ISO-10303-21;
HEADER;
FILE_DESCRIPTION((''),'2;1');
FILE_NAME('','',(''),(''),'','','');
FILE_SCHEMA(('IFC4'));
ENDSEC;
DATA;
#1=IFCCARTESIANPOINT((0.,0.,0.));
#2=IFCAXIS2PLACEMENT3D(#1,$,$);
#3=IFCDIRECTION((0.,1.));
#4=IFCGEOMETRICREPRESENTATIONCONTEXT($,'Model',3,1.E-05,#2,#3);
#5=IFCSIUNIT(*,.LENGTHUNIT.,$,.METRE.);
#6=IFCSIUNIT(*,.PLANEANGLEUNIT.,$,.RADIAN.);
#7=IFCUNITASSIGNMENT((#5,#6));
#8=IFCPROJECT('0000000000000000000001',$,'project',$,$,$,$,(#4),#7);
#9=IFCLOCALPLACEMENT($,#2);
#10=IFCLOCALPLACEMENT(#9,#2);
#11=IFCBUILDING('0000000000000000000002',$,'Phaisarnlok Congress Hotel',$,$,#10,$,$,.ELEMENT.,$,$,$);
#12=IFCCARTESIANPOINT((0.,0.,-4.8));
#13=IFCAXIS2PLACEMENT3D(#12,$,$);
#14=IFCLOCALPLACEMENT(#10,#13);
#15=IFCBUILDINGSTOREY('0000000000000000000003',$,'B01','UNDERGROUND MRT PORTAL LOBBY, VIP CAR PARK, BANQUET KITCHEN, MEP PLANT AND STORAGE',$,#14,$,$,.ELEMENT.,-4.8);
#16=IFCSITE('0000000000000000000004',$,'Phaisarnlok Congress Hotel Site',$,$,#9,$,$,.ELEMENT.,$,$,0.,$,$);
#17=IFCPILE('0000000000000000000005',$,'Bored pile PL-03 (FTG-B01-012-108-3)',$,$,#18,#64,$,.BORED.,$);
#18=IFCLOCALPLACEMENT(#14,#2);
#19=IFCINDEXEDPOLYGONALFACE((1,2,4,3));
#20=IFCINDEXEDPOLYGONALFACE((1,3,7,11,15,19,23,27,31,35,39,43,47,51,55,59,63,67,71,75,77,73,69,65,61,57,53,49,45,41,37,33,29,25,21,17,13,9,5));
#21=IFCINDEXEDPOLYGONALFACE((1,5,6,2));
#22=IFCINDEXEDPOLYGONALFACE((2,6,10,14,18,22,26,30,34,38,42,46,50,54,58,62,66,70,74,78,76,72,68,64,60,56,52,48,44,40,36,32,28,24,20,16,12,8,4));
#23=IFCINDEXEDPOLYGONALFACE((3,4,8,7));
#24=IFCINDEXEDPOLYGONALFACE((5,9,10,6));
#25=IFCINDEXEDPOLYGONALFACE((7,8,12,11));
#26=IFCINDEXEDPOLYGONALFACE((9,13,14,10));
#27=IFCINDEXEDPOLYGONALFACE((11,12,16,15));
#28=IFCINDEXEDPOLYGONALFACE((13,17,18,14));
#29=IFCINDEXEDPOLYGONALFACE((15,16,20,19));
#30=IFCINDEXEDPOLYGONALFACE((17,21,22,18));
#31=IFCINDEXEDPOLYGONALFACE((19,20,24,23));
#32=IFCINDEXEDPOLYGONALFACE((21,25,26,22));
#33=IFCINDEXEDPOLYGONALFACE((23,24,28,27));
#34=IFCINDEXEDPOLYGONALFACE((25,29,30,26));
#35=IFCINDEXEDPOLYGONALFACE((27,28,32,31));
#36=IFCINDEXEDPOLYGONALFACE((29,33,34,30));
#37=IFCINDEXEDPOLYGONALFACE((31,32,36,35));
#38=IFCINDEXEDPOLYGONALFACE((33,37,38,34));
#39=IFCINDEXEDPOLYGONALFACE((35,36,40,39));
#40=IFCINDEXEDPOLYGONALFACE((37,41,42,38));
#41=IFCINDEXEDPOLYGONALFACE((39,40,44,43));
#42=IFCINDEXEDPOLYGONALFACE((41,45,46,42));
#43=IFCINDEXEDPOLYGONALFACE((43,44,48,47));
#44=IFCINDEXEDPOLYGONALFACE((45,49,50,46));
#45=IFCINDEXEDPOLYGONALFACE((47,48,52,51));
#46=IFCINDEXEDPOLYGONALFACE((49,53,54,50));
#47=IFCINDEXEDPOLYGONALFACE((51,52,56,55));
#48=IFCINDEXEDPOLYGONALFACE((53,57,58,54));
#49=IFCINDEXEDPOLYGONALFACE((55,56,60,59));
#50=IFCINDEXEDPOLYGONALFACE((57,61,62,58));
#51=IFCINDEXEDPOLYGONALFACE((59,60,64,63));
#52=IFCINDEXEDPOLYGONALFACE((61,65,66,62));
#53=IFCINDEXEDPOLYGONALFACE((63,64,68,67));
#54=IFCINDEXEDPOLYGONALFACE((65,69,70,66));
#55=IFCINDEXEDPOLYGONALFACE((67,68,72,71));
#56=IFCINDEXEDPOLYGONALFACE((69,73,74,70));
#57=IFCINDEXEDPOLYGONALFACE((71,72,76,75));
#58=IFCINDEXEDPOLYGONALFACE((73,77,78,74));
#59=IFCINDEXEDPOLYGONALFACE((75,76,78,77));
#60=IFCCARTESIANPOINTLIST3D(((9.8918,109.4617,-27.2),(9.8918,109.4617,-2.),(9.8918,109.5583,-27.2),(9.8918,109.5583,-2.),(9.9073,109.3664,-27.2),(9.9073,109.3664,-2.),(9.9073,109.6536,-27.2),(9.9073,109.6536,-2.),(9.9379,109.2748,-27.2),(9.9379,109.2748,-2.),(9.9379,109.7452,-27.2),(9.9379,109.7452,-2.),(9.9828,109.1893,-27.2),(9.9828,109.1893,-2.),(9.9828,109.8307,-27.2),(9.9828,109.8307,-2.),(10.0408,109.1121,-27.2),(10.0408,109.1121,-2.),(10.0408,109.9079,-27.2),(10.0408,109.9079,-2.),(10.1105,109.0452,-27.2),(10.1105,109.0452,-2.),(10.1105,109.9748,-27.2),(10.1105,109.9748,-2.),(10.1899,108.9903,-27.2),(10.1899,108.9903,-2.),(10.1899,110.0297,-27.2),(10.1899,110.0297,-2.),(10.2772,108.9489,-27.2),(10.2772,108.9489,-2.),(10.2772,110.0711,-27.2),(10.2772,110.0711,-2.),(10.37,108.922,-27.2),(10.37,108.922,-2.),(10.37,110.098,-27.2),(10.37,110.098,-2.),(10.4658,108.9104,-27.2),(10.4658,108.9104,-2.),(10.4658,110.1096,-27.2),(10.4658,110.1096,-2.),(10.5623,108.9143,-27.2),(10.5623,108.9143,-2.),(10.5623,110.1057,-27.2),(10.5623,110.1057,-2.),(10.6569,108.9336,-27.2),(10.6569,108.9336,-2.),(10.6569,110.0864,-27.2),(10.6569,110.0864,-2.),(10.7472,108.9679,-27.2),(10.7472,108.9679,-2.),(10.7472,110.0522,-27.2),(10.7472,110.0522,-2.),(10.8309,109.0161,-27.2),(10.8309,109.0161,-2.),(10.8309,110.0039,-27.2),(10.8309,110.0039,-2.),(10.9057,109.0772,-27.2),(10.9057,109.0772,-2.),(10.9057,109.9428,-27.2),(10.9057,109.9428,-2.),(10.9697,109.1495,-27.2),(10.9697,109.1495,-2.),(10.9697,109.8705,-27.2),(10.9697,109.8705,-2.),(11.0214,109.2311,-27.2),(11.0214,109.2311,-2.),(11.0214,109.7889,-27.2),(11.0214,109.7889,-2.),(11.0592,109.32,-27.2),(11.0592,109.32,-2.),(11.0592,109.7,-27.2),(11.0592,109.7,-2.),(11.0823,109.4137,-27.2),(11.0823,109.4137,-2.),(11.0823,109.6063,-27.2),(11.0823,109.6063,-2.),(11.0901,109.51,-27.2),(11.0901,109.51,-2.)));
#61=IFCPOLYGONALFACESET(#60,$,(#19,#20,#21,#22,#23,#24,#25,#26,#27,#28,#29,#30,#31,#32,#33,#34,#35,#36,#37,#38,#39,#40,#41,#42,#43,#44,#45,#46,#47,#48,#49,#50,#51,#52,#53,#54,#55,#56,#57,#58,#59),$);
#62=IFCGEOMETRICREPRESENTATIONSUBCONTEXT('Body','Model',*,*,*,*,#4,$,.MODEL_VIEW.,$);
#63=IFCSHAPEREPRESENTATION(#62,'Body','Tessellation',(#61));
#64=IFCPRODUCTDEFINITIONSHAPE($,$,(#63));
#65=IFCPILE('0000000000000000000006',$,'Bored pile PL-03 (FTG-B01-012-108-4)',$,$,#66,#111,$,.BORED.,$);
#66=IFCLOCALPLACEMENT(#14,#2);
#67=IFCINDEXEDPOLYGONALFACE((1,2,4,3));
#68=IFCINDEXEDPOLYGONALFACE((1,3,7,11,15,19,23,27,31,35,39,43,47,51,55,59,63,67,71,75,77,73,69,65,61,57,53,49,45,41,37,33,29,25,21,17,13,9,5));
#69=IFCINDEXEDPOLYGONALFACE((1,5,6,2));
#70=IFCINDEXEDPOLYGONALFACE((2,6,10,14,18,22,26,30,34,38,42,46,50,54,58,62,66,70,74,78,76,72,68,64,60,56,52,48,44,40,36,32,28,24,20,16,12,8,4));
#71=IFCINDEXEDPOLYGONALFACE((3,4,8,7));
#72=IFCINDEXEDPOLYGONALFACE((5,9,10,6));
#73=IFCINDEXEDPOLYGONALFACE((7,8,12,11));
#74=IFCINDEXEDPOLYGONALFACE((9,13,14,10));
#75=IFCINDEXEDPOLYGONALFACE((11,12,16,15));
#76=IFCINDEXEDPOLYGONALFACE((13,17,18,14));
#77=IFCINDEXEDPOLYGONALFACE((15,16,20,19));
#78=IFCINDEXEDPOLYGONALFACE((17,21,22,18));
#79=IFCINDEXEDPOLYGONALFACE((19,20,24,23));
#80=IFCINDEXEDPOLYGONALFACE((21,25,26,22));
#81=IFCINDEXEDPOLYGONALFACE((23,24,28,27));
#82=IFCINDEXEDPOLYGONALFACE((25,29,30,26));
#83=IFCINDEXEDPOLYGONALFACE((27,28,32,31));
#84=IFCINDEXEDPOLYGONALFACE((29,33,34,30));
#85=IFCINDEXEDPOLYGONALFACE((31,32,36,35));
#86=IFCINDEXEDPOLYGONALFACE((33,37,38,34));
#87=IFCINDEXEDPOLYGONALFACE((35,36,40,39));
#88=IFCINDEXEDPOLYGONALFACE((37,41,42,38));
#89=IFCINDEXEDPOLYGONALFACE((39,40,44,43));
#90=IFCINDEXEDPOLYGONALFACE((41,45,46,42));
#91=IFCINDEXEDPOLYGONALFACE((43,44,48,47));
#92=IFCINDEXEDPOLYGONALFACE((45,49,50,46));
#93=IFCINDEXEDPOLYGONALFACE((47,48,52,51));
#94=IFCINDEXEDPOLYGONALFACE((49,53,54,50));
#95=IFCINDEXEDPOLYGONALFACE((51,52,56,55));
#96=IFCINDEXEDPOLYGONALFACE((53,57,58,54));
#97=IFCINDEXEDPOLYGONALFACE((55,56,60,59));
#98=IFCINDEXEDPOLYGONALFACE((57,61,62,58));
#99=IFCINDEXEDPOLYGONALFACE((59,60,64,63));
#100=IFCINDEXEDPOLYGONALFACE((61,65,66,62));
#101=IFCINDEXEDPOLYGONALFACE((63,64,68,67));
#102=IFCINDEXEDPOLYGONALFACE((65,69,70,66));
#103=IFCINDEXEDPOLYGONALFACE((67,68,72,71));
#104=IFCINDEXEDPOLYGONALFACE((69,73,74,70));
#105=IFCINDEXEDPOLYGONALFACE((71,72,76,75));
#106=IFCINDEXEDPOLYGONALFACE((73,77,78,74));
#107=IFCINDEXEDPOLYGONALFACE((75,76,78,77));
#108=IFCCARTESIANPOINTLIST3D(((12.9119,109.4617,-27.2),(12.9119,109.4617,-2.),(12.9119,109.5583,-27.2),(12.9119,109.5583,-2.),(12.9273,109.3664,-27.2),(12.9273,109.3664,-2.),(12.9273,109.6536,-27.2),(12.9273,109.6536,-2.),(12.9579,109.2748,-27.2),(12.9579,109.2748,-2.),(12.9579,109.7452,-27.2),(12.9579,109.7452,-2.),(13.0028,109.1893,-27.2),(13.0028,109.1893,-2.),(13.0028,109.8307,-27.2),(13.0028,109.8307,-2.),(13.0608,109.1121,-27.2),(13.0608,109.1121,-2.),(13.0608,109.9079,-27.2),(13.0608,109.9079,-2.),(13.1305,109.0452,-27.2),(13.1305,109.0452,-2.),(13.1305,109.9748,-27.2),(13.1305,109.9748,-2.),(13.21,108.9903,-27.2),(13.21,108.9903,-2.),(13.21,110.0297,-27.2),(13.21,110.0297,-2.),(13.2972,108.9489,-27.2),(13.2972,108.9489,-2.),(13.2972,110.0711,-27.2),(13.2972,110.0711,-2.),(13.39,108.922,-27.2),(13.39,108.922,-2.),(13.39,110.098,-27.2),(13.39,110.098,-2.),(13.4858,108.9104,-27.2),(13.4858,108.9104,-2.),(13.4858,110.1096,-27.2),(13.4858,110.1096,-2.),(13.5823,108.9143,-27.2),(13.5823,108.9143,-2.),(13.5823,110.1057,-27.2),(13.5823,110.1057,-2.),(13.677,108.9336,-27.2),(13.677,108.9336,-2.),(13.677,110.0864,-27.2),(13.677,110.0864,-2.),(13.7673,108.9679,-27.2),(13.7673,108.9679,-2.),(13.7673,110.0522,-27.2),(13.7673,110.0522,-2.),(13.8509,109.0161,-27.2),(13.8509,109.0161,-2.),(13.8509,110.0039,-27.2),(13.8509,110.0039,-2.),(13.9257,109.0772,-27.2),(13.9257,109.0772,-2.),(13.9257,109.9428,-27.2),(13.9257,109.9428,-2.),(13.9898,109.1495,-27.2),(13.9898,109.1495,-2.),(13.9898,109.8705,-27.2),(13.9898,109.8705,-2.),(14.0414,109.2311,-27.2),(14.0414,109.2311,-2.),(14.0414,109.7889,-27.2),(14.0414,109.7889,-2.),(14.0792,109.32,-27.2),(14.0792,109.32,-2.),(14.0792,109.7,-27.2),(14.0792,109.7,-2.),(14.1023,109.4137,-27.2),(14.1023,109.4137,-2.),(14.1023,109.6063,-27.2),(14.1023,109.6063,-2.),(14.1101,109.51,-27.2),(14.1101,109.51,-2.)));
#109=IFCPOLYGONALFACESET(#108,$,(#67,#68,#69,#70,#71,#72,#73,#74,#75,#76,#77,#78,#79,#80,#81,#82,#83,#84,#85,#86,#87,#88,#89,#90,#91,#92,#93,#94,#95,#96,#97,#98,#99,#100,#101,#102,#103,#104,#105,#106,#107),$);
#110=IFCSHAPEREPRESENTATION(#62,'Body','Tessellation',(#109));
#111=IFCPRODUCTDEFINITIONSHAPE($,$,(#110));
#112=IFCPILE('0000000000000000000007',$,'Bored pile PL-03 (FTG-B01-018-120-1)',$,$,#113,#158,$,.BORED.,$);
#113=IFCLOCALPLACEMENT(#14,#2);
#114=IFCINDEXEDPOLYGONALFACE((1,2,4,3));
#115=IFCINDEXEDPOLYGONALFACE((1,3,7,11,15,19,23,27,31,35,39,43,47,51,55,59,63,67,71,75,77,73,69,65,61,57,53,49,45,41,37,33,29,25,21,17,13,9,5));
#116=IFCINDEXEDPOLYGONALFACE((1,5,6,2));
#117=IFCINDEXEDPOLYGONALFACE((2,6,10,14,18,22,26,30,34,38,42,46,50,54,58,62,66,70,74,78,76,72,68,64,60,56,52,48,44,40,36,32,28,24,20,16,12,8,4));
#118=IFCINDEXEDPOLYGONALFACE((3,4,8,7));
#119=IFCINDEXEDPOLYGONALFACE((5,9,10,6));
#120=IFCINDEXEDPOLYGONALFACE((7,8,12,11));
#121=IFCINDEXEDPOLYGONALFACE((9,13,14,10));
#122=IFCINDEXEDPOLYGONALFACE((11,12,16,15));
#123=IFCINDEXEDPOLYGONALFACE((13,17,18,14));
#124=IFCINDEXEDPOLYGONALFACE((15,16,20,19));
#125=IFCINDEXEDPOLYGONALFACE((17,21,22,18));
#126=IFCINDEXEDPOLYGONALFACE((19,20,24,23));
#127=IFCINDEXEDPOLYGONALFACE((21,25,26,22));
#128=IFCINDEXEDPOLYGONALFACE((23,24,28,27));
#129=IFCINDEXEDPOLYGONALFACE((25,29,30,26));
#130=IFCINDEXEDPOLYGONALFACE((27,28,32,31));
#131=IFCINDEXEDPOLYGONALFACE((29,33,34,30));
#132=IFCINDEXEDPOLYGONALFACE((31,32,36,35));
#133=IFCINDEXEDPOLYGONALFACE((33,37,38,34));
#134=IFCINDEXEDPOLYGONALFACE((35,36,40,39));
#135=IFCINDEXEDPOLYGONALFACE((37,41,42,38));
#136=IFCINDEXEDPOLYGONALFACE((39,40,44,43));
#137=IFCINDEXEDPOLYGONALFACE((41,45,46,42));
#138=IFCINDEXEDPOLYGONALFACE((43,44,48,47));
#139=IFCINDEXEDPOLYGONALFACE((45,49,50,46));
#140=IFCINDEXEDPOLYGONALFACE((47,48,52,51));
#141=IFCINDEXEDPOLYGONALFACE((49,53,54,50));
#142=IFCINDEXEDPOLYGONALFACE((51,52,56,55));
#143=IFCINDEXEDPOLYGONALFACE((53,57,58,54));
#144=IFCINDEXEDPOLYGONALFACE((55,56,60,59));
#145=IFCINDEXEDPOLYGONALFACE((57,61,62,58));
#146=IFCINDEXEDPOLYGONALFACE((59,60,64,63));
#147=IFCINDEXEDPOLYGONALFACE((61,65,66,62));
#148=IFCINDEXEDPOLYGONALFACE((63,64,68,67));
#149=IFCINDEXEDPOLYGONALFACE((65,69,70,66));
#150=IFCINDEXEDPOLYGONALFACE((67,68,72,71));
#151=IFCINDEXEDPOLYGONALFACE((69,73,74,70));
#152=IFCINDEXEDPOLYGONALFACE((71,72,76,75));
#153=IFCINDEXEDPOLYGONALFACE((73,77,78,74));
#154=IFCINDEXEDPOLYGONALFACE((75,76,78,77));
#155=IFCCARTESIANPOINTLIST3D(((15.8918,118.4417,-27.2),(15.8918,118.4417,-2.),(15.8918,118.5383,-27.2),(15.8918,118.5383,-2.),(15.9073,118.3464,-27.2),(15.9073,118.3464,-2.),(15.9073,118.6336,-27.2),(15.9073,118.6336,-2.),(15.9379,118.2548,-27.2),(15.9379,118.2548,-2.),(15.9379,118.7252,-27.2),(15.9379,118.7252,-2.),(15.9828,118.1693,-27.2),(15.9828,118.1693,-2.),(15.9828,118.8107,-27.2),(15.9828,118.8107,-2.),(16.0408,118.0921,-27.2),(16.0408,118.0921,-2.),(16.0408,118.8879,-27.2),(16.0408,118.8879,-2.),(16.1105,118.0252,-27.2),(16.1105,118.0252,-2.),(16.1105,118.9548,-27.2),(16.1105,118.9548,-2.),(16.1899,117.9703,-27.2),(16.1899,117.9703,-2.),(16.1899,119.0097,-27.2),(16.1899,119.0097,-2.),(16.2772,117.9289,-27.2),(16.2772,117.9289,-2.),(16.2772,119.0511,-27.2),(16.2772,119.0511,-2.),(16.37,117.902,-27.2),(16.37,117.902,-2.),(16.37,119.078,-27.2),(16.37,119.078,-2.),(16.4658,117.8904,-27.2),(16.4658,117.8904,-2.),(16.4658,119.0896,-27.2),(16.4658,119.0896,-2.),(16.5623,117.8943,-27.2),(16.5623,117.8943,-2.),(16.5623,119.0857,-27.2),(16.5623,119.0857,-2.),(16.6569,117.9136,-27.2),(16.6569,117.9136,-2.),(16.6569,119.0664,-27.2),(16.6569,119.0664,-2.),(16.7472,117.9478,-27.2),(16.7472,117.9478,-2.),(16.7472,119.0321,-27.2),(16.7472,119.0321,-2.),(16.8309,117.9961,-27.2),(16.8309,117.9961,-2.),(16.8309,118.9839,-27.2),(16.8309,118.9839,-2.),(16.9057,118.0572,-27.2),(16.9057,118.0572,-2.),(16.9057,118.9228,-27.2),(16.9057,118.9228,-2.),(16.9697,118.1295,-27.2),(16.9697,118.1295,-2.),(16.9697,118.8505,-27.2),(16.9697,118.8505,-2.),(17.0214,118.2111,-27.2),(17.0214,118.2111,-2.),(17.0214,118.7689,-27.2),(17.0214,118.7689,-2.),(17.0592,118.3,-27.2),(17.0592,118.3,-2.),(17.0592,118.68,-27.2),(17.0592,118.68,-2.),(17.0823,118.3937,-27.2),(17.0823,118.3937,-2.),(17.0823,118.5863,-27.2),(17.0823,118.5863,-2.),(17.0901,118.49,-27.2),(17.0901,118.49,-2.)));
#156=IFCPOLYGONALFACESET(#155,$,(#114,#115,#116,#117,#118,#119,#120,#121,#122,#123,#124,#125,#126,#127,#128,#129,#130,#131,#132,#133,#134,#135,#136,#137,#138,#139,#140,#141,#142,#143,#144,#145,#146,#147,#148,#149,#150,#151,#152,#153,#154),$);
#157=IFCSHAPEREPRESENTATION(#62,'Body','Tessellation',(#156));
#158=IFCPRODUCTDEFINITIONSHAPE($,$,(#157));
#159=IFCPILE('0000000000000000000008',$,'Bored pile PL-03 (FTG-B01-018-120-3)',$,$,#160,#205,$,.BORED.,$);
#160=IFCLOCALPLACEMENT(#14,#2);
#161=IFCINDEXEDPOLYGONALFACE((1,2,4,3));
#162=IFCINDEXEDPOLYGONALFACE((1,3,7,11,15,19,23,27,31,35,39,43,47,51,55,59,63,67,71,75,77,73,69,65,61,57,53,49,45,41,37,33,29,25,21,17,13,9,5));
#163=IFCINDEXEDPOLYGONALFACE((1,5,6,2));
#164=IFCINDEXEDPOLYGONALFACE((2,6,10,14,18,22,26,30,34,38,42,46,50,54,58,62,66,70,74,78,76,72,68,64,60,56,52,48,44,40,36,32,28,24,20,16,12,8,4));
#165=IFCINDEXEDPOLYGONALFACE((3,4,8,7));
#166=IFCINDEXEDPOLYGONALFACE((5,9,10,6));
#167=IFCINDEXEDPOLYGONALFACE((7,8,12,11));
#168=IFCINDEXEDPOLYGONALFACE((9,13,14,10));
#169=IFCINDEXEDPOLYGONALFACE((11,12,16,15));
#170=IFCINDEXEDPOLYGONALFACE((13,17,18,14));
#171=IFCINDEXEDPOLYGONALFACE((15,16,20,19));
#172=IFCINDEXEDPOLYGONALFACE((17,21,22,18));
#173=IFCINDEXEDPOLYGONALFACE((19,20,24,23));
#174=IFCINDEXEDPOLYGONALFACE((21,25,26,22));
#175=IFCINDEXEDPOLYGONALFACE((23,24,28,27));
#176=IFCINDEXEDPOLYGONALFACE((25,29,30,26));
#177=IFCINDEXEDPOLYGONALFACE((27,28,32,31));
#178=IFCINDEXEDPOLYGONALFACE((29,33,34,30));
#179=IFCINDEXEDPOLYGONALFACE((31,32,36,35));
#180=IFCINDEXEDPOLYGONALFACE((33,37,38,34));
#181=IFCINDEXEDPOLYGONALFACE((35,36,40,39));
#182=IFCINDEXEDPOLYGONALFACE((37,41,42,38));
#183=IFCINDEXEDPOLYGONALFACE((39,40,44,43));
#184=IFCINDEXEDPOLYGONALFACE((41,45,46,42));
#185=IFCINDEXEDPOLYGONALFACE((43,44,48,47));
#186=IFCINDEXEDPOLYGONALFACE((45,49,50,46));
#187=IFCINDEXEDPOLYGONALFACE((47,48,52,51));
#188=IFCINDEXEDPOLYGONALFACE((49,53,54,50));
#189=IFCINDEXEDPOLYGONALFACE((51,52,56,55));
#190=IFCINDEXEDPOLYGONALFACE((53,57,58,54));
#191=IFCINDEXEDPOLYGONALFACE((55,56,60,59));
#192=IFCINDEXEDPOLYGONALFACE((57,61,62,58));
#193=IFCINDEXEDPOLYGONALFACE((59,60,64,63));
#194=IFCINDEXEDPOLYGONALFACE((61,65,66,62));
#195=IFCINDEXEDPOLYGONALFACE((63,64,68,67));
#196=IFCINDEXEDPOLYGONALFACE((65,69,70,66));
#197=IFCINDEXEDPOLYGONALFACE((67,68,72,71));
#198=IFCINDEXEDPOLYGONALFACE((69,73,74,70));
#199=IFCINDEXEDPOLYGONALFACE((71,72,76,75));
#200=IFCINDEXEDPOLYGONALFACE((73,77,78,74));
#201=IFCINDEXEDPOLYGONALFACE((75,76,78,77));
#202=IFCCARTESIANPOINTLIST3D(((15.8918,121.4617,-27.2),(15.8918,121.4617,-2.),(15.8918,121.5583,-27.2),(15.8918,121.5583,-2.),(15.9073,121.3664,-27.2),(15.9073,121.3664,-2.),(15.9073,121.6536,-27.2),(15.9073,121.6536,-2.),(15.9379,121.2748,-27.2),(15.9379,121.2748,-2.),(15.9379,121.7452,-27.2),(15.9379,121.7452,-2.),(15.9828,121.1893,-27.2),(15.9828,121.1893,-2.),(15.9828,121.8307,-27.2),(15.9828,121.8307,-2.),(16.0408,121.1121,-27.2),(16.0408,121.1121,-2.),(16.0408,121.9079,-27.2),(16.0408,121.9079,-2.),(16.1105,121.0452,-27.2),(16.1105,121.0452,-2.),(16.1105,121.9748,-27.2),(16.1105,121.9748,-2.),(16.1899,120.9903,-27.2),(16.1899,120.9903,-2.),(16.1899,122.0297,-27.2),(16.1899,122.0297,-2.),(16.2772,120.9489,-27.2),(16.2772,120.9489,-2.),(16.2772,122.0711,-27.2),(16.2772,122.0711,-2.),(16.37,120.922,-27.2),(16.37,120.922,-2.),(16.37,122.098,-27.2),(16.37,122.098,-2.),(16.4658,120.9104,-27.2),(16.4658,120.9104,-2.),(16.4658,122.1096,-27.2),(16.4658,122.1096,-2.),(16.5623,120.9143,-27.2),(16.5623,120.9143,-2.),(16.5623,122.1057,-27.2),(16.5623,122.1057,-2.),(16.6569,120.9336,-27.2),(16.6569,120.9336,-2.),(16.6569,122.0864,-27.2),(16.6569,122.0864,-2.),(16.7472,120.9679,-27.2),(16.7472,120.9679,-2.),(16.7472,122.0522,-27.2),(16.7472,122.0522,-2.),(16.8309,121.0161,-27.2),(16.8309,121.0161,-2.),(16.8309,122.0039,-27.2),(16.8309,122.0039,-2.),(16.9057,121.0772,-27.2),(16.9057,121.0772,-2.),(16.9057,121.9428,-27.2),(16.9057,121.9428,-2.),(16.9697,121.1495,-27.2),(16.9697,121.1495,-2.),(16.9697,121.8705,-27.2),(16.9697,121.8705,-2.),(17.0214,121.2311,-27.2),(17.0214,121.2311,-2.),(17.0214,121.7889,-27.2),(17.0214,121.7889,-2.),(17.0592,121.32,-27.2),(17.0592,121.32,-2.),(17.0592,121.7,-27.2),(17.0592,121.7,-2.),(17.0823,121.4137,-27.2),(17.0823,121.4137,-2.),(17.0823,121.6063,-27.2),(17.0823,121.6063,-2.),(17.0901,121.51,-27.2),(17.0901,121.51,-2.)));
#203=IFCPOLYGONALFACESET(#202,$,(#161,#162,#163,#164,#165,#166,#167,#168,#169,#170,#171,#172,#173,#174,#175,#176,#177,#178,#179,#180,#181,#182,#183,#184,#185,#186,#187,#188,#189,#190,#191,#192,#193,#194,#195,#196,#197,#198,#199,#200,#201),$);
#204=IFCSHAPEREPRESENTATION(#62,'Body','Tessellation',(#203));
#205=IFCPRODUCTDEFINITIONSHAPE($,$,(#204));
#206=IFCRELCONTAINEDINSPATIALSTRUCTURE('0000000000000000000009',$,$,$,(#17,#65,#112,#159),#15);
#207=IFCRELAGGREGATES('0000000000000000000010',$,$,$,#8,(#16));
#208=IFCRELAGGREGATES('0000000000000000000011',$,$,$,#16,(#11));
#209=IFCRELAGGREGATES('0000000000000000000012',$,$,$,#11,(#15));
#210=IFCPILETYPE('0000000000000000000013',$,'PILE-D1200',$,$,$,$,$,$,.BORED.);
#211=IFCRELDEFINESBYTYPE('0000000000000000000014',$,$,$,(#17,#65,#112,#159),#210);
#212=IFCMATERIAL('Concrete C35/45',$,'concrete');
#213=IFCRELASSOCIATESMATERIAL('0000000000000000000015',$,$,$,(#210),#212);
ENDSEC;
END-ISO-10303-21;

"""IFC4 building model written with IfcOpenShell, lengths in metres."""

from ifc_helpers import new_model, si_unit, direction, frame, origin, origin_2d, place, context, subcontext, project, spatial, circle, extrude, material, material_profile, profile_set, type_object, element, save


model = new_model("IFC4")

# Units and contexts
model_context = context("Model", 3, precision=1e-05, world=origin(), true_north=direction((0.0, 1.0)))
body_context = subcontext(model_context, "Body", "Model", "MODEL_VIEW")
ifc_project = project(units=[si_unit("LENGTHUNIT", "METRE"), si_unit("PLANEANGLEUNIT", "RADIAN")], contexts=[model_context])

# Site, building, storey
site_placement = place(None, origin())
site = spatial("IfcSite", under=ifc_project, at=site_placement, Name="Phaisarnlok Congress Hotel Site", CompositionType="ELEMENT", RefElevation=0.0)
building_placement = place(site_placement, origin())
building = spatial("IfcBuilding", under=site, at=building_placement, Name="Phaisarnlok Congress Hotel", CompositionType="ELEMENT")
storey_placement = place(building_placement, frame((0.0, 0.0, -4.8)))
storey = spatial("IfcBuildingStorey", under=building, at=storey_placement, Name="B01", Description="UNDERGROUND MRT PORTAL LOBBY, VIP CAR PARK, BANQUET KITCHEN, MEP PLANT AND STORAGE", CompositionType="ELEMENT", Elevation=-4.8)

# Piles
ifc_material_1 = material(Name="Concrete C35/45", Category="concrete")
ifc_material_profile_1 = material_profile(ifc_material_1, circle(Radius=0.6001, at=origin_2d()), Name="BORED PILE D1200")
ifc_profile_set_1 = profile_set([ifc_material_profile_1], Name="Concrete C35/45")
pile_type_1 = type_object("IfcPileType", Name="PILE-D1200", PredefinedType="BORED", material=ifc_profile_set_1)
for number, where, z_axis, x_axis, name in (
    (1, (10.49, 109.51, -2.0), (0.0, 0.0, -1.0), (1.0, 0.0, 0.0), "Bored pile PL-03 (FTG-B01-012-108-3)"),
    (2, (13.51, 109.51, -2.0), (0.0, 0.0, -1.0), (1.0, 0.0, 0.0), "Bored pile PL-03 (FTG-B01-012-108-4)"),
    (3, (16.49, 118.49, -2.0), (0.0, 0.0, -1.0), (1.0, 0.0, 0.0), "Bored pile PL-03 (FTG-B01-018-120-1)"),
    (4, (16.49, 121.51, -2.0), (0.0, 0.0, -1.0), (1.0, 0.0, 0.0), "Bored pile PL-03 (FTG-B01-018-120-3)"),
):
    element("IfcPile", number, at=place(storey_placement, frame(where, z_axis=z_axis, x_axis=x_axis)), inside=storey, type_object=pile_type_1, Name=name, PredefinedType="BORED", context=body_context, shape_type="SweptSolid", body=[
        extrude(circle(Radius=0.6001, at=origin_2d()), origin(), (0.0, 0.0, 1.0), 25.2),
    ])

save(model, "model.ifc")
